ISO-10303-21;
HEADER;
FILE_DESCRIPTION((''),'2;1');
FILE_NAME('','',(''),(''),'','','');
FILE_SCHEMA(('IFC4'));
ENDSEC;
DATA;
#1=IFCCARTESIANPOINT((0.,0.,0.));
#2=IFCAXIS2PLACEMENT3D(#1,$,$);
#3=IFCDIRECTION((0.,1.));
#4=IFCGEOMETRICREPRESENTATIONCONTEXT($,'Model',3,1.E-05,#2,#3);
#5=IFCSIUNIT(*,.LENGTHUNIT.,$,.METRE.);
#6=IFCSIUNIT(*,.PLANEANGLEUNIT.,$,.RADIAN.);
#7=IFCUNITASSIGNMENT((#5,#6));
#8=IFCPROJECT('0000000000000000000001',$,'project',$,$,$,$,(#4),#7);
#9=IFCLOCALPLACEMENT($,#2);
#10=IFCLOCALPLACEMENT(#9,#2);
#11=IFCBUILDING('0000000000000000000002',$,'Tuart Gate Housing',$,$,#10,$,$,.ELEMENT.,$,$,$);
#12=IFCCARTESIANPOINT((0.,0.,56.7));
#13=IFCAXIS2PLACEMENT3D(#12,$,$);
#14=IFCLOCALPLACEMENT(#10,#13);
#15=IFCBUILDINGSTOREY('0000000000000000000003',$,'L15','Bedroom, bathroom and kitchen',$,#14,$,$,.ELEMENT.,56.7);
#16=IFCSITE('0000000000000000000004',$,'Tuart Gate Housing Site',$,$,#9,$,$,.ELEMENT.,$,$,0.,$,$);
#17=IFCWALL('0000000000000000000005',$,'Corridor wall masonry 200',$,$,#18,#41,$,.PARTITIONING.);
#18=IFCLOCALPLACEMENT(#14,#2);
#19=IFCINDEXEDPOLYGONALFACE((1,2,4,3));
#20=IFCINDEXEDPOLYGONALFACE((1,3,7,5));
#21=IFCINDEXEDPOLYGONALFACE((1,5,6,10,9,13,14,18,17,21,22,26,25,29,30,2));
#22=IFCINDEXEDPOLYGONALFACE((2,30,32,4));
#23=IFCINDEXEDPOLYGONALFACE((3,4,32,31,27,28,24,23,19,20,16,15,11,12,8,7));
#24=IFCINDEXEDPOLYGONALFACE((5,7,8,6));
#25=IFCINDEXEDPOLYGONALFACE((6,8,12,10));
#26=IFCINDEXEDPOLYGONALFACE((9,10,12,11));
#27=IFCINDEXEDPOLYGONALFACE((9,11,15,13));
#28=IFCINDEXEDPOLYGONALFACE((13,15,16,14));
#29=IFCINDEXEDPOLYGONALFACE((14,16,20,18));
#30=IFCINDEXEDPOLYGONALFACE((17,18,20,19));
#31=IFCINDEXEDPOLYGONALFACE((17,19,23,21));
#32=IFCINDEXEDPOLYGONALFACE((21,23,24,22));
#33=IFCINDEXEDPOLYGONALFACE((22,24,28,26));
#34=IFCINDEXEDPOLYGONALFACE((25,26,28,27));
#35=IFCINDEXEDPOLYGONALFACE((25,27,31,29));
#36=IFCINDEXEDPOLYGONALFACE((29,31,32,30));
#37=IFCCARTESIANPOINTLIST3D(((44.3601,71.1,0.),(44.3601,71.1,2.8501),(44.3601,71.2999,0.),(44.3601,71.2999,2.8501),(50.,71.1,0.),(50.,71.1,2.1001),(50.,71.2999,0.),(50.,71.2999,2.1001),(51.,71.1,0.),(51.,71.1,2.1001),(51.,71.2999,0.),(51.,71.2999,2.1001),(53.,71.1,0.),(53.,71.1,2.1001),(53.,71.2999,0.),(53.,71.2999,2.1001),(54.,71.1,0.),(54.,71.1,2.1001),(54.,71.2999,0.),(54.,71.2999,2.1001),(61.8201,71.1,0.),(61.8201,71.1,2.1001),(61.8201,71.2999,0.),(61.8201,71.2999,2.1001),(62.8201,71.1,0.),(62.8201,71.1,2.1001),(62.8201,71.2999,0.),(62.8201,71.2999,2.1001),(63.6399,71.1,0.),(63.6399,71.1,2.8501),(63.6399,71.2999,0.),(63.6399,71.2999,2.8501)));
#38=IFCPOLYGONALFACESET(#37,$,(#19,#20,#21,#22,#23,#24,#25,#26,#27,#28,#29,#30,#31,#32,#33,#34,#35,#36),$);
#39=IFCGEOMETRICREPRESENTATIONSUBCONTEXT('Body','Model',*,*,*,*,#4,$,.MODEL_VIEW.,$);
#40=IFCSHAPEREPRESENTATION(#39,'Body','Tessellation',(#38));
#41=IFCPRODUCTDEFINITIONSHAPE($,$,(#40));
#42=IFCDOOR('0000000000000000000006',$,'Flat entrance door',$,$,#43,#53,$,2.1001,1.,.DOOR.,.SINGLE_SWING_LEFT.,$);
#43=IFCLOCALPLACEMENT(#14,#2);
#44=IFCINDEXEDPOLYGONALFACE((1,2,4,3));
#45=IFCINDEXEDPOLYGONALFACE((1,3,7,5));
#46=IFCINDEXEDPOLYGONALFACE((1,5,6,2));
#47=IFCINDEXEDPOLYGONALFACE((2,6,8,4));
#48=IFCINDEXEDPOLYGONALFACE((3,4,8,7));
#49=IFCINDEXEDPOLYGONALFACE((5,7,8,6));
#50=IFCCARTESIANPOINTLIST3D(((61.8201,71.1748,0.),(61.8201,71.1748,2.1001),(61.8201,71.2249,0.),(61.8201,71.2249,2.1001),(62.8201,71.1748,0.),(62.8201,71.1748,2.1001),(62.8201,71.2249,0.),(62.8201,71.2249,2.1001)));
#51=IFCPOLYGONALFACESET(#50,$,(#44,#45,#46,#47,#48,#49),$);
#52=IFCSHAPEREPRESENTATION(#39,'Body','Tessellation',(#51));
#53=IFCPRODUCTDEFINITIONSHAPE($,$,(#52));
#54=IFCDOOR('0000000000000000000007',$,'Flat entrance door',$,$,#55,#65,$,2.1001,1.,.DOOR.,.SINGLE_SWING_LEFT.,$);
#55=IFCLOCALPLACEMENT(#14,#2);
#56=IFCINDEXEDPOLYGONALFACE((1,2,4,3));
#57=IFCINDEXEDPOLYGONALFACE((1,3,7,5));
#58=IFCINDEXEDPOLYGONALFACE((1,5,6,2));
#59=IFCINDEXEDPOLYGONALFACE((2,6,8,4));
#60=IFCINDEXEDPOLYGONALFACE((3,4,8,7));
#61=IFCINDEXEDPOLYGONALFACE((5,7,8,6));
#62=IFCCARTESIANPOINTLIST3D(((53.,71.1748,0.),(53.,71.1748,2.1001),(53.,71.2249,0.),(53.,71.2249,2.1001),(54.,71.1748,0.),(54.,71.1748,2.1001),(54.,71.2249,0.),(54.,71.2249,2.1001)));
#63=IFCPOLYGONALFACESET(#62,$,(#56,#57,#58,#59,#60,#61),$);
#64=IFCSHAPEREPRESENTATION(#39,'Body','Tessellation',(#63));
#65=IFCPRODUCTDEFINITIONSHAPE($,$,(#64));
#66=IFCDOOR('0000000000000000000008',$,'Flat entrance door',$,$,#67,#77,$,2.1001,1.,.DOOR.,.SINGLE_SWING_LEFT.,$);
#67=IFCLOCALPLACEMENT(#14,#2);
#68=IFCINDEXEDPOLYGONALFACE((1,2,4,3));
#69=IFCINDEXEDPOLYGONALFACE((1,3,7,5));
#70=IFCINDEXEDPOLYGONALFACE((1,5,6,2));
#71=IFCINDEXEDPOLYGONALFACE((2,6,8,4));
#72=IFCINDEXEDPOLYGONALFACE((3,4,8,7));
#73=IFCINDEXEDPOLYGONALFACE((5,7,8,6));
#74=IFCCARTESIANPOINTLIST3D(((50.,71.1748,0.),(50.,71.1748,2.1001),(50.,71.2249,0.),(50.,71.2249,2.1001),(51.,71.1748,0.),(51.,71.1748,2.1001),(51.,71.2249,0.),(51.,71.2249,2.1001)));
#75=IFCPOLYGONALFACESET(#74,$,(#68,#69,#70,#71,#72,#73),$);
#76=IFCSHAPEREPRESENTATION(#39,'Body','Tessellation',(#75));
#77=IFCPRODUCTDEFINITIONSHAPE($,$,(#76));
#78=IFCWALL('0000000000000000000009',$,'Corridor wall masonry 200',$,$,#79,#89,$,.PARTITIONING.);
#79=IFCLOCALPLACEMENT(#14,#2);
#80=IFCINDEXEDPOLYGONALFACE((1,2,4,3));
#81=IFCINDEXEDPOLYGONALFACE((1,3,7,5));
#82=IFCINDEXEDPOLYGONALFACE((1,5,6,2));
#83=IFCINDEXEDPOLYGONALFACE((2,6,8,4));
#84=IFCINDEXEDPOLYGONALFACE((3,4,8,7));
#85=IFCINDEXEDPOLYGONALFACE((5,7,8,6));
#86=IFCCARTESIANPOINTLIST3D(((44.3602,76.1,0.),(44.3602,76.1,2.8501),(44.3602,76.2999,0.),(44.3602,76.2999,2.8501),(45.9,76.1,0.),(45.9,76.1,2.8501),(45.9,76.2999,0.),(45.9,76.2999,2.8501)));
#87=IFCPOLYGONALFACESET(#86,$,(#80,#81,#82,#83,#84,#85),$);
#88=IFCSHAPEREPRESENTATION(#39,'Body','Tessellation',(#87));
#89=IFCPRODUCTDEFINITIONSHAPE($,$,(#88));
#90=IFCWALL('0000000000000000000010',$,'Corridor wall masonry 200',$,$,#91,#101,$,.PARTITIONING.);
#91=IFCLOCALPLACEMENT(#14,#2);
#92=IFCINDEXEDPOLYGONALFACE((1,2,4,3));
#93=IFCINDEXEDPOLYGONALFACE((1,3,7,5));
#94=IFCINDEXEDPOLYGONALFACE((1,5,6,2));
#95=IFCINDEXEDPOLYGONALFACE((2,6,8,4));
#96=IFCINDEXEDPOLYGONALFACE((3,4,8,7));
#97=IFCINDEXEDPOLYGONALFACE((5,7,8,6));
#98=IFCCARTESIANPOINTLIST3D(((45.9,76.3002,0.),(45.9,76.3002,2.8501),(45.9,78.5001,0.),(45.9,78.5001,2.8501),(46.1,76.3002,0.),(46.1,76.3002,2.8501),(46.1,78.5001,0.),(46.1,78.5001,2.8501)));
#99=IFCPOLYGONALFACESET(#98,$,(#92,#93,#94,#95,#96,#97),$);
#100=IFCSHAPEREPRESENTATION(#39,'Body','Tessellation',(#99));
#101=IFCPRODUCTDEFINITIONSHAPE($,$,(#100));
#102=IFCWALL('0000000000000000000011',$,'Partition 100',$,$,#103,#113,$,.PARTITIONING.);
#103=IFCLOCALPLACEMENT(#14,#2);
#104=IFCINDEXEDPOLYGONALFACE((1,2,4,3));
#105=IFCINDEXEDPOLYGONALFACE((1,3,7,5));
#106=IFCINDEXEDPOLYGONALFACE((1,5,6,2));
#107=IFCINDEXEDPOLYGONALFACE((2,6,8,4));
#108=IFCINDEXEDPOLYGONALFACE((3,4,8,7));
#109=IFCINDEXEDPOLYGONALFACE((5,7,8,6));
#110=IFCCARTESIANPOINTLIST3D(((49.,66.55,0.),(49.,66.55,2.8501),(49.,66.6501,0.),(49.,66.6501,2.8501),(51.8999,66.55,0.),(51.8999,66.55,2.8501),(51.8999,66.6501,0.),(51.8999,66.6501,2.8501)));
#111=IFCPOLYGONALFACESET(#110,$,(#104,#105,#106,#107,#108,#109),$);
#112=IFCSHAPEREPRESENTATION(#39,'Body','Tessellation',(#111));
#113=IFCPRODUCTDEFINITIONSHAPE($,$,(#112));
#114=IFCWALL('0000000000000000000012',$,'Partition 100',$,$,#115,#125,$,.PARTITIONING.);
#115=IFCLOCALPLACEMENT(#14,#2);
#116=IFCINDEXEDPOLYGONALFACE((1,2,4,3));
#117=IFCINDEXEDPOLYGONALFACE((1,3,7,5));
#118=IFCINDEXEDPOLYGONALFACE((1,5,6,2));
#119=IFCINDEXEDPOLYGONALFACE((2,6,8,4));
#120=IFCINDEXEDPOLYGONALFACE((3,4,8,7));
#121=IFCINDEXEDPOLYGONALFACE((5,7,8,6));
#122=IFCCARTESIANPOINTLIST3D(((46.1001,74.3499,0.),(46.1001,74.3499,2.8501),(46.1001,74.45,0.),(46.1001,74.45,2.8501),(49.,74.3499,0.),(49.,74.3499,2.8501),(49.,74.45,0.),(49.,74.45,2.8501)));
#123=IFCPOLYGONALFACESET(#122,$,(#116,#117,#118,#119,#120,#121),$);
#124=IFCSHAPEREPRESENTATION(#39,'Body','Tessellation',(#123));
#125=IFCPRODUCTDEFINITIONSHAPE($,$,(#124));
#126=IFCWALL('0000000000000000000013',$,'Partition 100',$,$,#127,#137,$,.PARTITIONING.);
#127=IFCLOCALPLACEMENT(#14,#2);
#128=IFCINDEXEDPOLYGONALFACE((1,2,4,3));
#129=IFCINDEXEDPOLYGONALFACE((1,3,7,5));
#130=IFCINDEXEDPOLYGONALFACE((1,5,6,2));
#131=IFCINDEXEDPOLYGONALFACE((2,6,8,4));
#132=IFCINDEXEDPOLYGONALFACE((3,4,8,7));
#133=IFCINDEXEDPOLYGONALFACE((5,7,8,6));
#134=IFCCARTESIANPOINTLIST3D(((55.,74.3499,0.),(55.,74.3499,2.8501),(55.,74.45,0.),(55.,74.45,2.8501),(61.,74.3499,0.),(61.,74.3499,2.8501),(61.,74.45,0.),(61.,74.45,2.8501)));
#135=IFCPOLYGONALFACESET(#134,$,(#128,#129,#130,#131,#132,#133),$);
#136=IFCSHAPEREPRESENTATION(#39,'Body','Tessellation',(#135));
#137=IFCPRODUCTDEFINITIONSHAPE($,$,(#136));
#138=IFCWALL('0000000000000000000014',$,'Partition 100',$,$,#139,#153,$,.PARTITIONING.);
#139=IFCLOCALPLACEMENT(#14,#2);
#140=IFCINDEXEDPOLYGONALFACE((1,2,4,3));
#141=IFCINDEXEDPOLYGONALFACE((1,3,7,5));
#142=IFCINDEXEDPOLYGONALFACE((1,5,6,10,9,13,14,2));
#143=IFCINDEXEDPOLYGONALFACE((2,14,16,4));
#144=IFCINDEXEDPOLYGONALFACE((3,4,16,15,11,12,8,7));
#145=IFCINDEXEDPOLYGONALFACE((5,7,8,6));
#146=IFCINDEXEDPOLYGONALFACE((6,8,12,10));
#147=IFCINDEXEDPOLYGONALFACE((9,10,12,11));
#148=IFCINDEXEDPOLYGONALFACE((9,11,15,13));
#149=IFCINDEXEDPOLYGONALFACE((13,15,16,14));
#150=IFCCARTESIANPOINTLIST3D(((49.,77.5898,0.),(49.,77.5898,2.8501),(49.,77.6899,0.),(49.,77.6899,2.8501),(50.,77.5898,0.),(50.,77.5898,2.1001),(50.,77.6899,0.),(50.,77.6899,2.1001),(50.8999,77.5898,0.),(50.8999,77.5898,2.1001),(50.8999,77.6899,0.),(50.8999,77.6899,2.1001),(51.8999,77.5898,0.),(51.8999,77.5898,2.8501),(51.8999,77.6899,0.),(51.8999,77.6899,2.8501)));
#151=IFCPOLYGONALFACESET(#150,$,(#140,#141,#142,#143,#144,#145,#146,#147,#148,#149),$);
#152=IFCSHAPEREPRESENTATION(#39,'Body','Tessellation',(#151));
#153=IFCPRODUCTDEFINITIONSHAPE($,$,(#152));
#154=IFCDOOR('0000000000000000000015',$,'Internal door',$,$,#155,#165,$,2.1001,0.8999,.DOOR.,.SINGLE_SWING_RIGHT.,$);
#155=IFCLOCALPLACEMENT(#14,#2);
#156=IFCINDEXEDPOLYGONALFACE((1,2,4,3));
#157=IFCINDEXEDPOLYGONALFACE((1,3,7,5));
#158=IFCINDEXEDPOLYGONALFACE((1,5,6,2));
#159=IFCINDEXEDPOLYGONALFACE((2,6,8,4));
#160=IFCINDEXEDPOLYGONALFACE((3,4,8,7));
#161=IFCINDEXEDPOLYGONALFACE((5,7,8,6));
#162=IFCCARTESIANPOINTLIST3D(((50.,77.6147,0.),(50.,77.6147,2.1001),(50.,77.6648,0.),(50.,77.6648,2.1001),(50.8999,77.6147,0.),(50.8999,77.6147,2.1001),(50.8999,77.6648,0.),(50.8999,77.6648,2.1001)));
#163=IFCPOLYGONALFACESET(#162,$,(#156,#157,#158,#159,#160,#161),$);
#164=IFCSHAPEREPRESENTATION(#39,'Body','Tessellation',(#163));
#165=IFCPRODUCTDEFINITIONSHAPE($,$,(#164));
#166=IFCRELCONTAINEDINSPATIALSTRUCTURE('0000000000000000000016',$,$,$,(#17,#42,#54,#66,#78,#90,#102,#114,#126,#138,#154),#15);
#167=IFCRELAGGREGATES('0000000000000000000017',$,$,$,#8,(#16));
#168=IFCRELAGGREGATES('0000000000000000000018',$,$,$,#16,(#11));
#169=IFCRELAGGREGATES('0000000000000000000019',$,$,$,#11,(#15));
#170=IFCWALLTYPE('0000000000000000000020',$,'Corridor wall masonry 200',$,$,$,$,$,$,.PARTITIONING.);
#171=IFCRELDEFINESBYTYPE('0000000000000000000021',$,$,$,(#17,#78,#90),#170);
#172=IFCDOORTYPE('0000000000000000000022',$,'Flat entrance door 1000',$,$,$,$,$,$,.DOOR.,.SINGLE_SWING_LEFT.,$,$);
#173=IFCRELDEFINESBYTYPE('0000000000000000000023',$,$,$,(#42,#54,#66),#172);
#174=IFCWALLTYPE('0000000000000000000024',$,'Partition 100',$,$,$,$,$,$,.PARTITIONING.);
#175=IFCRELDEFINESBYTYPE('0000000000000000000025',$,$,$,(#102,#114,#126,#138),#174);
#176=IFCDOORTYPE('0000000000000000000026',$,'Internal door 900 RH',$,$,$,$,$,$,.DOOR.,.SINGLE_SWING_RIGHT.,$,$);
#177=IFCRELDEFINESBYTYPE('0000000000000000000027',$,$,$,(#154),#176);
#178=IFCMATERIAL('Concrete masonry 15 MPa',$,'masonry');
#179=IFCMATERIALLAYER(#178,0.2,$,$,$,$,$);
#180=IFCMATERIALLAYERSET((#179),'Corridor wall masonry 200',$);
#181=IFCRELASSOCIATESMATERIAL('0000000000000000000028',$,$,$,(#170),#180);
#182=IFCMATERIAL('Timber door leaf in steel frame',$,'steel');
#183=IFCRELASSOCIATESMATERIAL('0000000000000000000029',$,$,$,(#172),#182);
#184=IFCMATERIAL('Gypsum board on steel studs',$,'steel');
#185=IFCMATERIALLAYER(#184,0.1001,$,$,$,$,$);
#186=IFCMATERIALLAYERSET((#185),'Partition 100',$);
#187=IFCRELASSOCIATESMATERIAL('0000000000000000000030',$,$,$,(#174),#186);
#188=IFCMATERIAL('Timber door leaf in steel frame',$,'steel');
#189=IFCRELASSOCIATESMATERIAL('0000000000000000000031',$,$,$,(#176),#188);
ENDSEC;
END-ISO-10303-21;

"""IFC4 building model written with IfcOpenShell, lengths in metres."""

from ifc_helpers import new_model, si_unit, direction, frame, frame_2d, origin, place, context, subcontext, project, spatial, rectangle, extrude, material, layer, layer_set, type_object, element, fill, save


model = new_model("IFC4")

# Units and contexts
model_context = context("Model", 3, precision=1e-05, world=origin(), true_north=direction((0.0, 1.0)))
body_context = subcontext(model_context, "Body", "Model", "MODEL_VIEW")
ifc_project = project(units=[si_unit("LENGTHUNIT", "METRE"), si_unit("PLANEANGLEUNIT", "RADIAN")], contexts=[model_context])

# Site, building, storey
site_placement = place(None, origin())
site = spatial("IfcSite", under=ifc_project, at=site_placement, Name="Tuart Gate Housing Site", CompositionType="ELEMENT", RefElevation=0.0)
building_placement = place(site_placement, origin())
building = spatial("IfcBuilding", under=site, at=building_placement, Name="Tuart Gate Housing", CompositionType="ELEMENT")
storey_placement = place(building_placement, frame((0.0, 0.0, 56.7)))
storey = spatial("IfcBuildingStorey", under=building, at=storey_placement, Name="L15", Description="Bedroom, bathroom and kitchen", CompositionType="ELEMENT", Elevation=56.7)

# Wall, openings, doors
ifc_material_1 = material(Name="Concrete masonry 15 MPa", Category="masonry")
ifc_layer_1 = layer(ifc_material_1, 0.2)
ifc_layer_set_1 = layer_set([ifc_layer_1], Name="Corridor wall masonry 200")
wall_type_1 = type_object("IfcWallType", Name="Corridor wall masonry 200", PredefinedType="PARTITIONING", material=ifc_layer_set_1)
wall_1_placement = place(storey_placement, frame((44.3601, 71.2, 0.0), z_axis=(0.0, 0.0, 1.0), x_axis=(1.0, 0.0, 0.0)))
wall_1 = element("IfcWall", 1, at=wall_1_placement, inside=storey, type_object=wall_type_1, Name="Corridor wall masonry 200", PredefinedType="PARTITIONING", context=body_context, shape_type="SweptSolid", body=[
    extrude(rectangle(XDim=19.2798, YDim=0.2, at=frame_2d((9.6399, 0.0))), origin(), (0.0, 0.0, 1.0), 2.8501),
])
opening_1_placement = place(wall_1_placement, frame((17.46, 0.0, 0.0)))
opening_1 = element("IfcOpeningElement", 2, at=opening_1_placement, cuts=wall_1, PredefinedType="OPENING", context=body_context, shape_type="SweptSolid", body=[
    extrude(rectangle(XDim=1.0, YDim=2.1001, at=frame_2d((0.5, 1.05))), frame((0.0, 0.1099, 0.0), z_axis=(0.0, -1.0, 0.0), x_axis=(1.0, 0.0, 0.0)), (0.0, 0.0, 1.0), 0.22),
])
opening_2_placement = place(wall_1_placement, frame((8.6399, 0.0, 0.0)))
opening_2 = element("IfcOpeningElement", 3, at=opening_2_placement, cuts=wall_1, PredefinedType="OPENING", context=body_context, shape_type="SweptSolid", body=[
    extrude(rectangle(XDim=1.0, YDim=2.1001, at=frame_2d((0.5, 1.05))), frame((0.0, 0.1099, 0.0), z_axis=(0.0, -1.0, 0.0), x_axis=(1.0, 0.0, 0.0)), (0.0, 0.0, 1.0), 0.22),
])
opening_3_placement = place(wall_1_placement, frame((5.6399, 0.0, 0.0)))
opening_3 = element("IfcOpeningElement", 4, at=opening_3_placement, cuts=wall_1, PredefinedType="OPENING", context=body_context, shape_type="SweptSolid", body=[
    extrude(rectangle(XDim=1.0, YDim=2.1001, at=frame_2d((0.5, 1.05))), frame((0.0, 0.1099, 0.0), z_axis=(0.0, -1.0, 0.0), x_axis=(1.0, 0.0, 0.0)), (0.0, 0.0, 1.0), 0.22),
])
ifc_material_2 = material(Name="Timber door leaf in steel frame", Category="steel")
door_type_1 = type_object("IfcDoorType", Name="Flat entrance door 1000", OperationType="SINGLE_SWING_LEFT", PredefinedType="DOOR", material=ifc_material_2)
door_1_placement = place(opening_1_placement, origin())
door_1 = element("IfcDoor", 5, at=door_1_placement, inside=storey, type_object=door_type_1, Name="Flat entrance door", OperationType="SINGLE_SWING_LEFT", OverallHeight=2.1001, OverallWidth=1.0, PredefinedType="DOOR", context=body_context, shape_type="SweptSolid", body=[
    extrude(rectangle(XDim=1.0, YDim=2.1001, at=frame_2d((0.5, 1.05))), frame((0.0, 0.0249, 0.0), z_axis=(0.0, -1.0, 0.0), x_axis=(1.0, 0.0, 0.0)), (0.0, 0.0, 1.0), 0.05),
])
fill(opening_1, door_1)
door_2_placement = place(opening_2_placement, origin())
door_2 = element("IfcDoor", 6, at=door_2_placement, inside=storey, type_object=door_type_1, Name="Flat entrance door", OperationType="SINGLE_SWING_LEFT", OverallHeight=2.1001, OverallWidth=1.0, PredefinedType="DOOR", context=body_context, shape_type="SweptSolid", body=[
    extrude(rectangle(XDim=1.0, YDim=2.1001, at=frame_2d((0.5, 1.05))), frame((0.0, 0.0249, 0.0), z_axis=(0.0, -1.0, 0.0), x_axis=(1.0, 0.0, 0.0)), (0.0, 0.0, 1.0), 0.05),
])
fill(opening_2, door_2)
door_3_placement = place(opening_3_placement, origin())
door_3 = element("IfcDoor", 7, at=door_3_placement, inside=storey, type_object=door_type_1, Name="Flat entrance door", OperationType="SINGLE_SWING_LEFT", OverallHeight=2.1001, OverallWidth=1.0, PredefinedType="DOOR", context=body_context, shape_type="SweptSolid", body=[
    extrude(rectangle(XDim=1.0, YDim=2.1001, at=frame_2d((0.5, 1.05))), frame((0.0, 0.0249, 0.0), z_axis=(0.0, -1.0, 0.0), x_axis=(1.0, 0.0, 0.0)), (0.0, 0.0, 1.0), 0.05),
])
fill(opening_3, door_3)

# Walls
wall_2_placement = place(storey_placement, frame((44.3601, 76.2, 0.0), z_axis=(0.0, 0.0, 1.0), x_axis=(1.0, 0.0, 0.0)))
element("IfcWall", 8, at=wall_2_placement, inside=storey, type_object=wall_type_1, Name="Corridor wall masonry 200", PredefinedType="PARTITIONING", context=body_context, shape_type="SweptSolid", body=[
    extrude(rectangle(XDim=1.5398, YDim=0.2, at=frame_2d((0.77, 0.0))), origin(), (0.0, 0.0, 1.0), 2.8501),
])
wall_3_placement = place(storey_placement, frame((46.0, 76.3, 0.0), z_axis=(0.0, 0.0, 1.0), x_axis=(0.0, 1.0, 0.0)))
element("IfcWall", 9, at=wall_3_placement, inside=storey, type_object=wall_type_1, Name="Corridor wall masonry 200", PredefinedType="PARTITIONING", context=body_context, shape_type="SweptSolid", body=[
    extrude(rectangle(XDim=2.2, YDim=0.2, at=frame_2d((1.1001, 0.0))), origin(), (0.0, 0.0, 1.0), 2.8501),
])
ifc_material_3 = material(Name="Gypsum board on steel studs", Category="steel")
ifc_layer_2 = layer(ifc_material_3, 0.1001)
ifc_layer_set_2 = layer_set([ifc_layer_2], Name="Partition 100")
wall_type_2 = type_object("IfcWallType", Name="Partition 100", PredefinedType="PARTITIONING", material=ifc_layer_set_2)
for number, where, z_axis, x_axis, name in (
    (10, (49.0, 66.6001, 0.0), (0.0, 0.0, 1.0), (1.0, 0.0, 0.0), "Partition 100"),
    (11, (46.1001, 74.3999, 0.0), (0.0, 0.0, 1.0), (1.0, 0.0, 0.0), "Partition 100"),
):
    element("IfcWall", number, at=place(storey_placement, frame(where, z_axis=z_axis, x_axis=x_axis)), inside=storey, type_object=wall_type_2, Name=name, PredefinedType="PARTITIONING", context=body_context, shape_type="SweptSolid", body=[
        extrude(rectangle(XDim=2.8999, YDim=0.1001, at=frame_2d((1.45, 0.0))), origin(), (0.0, 0.0, 1.0), 2.8501),
    ])
wall_4_placement = place(storey_placement, frame((55.0, 74.3999, 0.0), z_axis=(0.0, 0.0, 1.0), x_axis=(1.0, 0.0, 0.0)))
element("IfcWall", 12, at=wall_4_placement, inside=storey, type_object=wall_type_2, Name="Partition 100", PredefinedType="PARTITIONING", context=body_context, shape_type="SweptSolid", body=[
    extrude(rectangle(XDim=6.0, YDim=0.1001, at=frame_2d((3.0, 0.0))), origin(), (0.0, 0.0, 1.0), 2.8501),
])

# Wall, opening, door
wall_5_placement = place(storey_placement, frame((49.0, 77.6399, 0.0), z_axis=(0.0, 0.0, 1.0), x_axis=(1.0, 0.0, 0.0)))
wall_5 = element("IfcWall", 13, at=wall_5_placement, inside=storey, type_object=wall_type_2, Name="Partition 100", PredefinedType="PARTITIONING", context=body_context, shape_type="SweptSolid", body=[
    extrude(rectangle(XDim=2.8999, YDim=0.1001, at=frame_2d((1.45, 0.0))), origin(), (0.0, 0.0, 1.0), 2.8501),
])
opening_4_placement = place(wall_5_placement, frame((1.0, 0.0, 0.0)))
opening_4 = element("IfcOpeningElement", 14, at=opening_4_placement, cuts=wall_5, PredefinedType="OPENING", context=body_context, shape_type="SweptSolid", body=[
    extrude(rectangle(XDim=0.8999, YDim=2.1001, at=frame_2d((0.45, 1.05))), frame((0.0, 0.0601, 0.0), z_axis=(0.0, -1.0, 0.0), x_axis=(1.0, 0.0, 0.0)), (0.0, 0.0, 1.0), 0.1201),
])
ifc_material_4 = material(Name="Timber door leaf in steel frame", Category="steel")
door_type_2 = type_object("IfcDoorType", Name="Internal door 900 RH", OperationType="SINGLE_SWING_RIGHT", PredefinedType="DOOR", material=ifc_material_4)
door_4_placement = place(opening_4_placement, frame((0.8999, 0.0, 0.0), z_axis=(0.0, 0.0, 1.0), x_axis=(-1.0, 0.0, 0.0)))
door_4 = element("IfcDoor", 15, at=door_4_placement, inside=storey, type_object=door_type_2, Name="Internal door", OperationType="SINGLE_SWING_RIGHT", OverallHeight=2.1001, OverallWidth=0.8999, PredefinedType="DOOR", context=body_context, shape_type="SweptSolid", body=[
    extrude(rectangle(XDim=0.8999, YDim=2.1001, at=frame_2d((0.45, 1.05))), frame((0.0, 0.0251, 0.0), z_axis=(0.0, -1.0, 0.0), x_axis=(1.0, 0.0, 0.0)), (0.0, 0.0, 1.0), 0.05),
])
fill(opening_4, door_4)

save(model, "model.ifc")
